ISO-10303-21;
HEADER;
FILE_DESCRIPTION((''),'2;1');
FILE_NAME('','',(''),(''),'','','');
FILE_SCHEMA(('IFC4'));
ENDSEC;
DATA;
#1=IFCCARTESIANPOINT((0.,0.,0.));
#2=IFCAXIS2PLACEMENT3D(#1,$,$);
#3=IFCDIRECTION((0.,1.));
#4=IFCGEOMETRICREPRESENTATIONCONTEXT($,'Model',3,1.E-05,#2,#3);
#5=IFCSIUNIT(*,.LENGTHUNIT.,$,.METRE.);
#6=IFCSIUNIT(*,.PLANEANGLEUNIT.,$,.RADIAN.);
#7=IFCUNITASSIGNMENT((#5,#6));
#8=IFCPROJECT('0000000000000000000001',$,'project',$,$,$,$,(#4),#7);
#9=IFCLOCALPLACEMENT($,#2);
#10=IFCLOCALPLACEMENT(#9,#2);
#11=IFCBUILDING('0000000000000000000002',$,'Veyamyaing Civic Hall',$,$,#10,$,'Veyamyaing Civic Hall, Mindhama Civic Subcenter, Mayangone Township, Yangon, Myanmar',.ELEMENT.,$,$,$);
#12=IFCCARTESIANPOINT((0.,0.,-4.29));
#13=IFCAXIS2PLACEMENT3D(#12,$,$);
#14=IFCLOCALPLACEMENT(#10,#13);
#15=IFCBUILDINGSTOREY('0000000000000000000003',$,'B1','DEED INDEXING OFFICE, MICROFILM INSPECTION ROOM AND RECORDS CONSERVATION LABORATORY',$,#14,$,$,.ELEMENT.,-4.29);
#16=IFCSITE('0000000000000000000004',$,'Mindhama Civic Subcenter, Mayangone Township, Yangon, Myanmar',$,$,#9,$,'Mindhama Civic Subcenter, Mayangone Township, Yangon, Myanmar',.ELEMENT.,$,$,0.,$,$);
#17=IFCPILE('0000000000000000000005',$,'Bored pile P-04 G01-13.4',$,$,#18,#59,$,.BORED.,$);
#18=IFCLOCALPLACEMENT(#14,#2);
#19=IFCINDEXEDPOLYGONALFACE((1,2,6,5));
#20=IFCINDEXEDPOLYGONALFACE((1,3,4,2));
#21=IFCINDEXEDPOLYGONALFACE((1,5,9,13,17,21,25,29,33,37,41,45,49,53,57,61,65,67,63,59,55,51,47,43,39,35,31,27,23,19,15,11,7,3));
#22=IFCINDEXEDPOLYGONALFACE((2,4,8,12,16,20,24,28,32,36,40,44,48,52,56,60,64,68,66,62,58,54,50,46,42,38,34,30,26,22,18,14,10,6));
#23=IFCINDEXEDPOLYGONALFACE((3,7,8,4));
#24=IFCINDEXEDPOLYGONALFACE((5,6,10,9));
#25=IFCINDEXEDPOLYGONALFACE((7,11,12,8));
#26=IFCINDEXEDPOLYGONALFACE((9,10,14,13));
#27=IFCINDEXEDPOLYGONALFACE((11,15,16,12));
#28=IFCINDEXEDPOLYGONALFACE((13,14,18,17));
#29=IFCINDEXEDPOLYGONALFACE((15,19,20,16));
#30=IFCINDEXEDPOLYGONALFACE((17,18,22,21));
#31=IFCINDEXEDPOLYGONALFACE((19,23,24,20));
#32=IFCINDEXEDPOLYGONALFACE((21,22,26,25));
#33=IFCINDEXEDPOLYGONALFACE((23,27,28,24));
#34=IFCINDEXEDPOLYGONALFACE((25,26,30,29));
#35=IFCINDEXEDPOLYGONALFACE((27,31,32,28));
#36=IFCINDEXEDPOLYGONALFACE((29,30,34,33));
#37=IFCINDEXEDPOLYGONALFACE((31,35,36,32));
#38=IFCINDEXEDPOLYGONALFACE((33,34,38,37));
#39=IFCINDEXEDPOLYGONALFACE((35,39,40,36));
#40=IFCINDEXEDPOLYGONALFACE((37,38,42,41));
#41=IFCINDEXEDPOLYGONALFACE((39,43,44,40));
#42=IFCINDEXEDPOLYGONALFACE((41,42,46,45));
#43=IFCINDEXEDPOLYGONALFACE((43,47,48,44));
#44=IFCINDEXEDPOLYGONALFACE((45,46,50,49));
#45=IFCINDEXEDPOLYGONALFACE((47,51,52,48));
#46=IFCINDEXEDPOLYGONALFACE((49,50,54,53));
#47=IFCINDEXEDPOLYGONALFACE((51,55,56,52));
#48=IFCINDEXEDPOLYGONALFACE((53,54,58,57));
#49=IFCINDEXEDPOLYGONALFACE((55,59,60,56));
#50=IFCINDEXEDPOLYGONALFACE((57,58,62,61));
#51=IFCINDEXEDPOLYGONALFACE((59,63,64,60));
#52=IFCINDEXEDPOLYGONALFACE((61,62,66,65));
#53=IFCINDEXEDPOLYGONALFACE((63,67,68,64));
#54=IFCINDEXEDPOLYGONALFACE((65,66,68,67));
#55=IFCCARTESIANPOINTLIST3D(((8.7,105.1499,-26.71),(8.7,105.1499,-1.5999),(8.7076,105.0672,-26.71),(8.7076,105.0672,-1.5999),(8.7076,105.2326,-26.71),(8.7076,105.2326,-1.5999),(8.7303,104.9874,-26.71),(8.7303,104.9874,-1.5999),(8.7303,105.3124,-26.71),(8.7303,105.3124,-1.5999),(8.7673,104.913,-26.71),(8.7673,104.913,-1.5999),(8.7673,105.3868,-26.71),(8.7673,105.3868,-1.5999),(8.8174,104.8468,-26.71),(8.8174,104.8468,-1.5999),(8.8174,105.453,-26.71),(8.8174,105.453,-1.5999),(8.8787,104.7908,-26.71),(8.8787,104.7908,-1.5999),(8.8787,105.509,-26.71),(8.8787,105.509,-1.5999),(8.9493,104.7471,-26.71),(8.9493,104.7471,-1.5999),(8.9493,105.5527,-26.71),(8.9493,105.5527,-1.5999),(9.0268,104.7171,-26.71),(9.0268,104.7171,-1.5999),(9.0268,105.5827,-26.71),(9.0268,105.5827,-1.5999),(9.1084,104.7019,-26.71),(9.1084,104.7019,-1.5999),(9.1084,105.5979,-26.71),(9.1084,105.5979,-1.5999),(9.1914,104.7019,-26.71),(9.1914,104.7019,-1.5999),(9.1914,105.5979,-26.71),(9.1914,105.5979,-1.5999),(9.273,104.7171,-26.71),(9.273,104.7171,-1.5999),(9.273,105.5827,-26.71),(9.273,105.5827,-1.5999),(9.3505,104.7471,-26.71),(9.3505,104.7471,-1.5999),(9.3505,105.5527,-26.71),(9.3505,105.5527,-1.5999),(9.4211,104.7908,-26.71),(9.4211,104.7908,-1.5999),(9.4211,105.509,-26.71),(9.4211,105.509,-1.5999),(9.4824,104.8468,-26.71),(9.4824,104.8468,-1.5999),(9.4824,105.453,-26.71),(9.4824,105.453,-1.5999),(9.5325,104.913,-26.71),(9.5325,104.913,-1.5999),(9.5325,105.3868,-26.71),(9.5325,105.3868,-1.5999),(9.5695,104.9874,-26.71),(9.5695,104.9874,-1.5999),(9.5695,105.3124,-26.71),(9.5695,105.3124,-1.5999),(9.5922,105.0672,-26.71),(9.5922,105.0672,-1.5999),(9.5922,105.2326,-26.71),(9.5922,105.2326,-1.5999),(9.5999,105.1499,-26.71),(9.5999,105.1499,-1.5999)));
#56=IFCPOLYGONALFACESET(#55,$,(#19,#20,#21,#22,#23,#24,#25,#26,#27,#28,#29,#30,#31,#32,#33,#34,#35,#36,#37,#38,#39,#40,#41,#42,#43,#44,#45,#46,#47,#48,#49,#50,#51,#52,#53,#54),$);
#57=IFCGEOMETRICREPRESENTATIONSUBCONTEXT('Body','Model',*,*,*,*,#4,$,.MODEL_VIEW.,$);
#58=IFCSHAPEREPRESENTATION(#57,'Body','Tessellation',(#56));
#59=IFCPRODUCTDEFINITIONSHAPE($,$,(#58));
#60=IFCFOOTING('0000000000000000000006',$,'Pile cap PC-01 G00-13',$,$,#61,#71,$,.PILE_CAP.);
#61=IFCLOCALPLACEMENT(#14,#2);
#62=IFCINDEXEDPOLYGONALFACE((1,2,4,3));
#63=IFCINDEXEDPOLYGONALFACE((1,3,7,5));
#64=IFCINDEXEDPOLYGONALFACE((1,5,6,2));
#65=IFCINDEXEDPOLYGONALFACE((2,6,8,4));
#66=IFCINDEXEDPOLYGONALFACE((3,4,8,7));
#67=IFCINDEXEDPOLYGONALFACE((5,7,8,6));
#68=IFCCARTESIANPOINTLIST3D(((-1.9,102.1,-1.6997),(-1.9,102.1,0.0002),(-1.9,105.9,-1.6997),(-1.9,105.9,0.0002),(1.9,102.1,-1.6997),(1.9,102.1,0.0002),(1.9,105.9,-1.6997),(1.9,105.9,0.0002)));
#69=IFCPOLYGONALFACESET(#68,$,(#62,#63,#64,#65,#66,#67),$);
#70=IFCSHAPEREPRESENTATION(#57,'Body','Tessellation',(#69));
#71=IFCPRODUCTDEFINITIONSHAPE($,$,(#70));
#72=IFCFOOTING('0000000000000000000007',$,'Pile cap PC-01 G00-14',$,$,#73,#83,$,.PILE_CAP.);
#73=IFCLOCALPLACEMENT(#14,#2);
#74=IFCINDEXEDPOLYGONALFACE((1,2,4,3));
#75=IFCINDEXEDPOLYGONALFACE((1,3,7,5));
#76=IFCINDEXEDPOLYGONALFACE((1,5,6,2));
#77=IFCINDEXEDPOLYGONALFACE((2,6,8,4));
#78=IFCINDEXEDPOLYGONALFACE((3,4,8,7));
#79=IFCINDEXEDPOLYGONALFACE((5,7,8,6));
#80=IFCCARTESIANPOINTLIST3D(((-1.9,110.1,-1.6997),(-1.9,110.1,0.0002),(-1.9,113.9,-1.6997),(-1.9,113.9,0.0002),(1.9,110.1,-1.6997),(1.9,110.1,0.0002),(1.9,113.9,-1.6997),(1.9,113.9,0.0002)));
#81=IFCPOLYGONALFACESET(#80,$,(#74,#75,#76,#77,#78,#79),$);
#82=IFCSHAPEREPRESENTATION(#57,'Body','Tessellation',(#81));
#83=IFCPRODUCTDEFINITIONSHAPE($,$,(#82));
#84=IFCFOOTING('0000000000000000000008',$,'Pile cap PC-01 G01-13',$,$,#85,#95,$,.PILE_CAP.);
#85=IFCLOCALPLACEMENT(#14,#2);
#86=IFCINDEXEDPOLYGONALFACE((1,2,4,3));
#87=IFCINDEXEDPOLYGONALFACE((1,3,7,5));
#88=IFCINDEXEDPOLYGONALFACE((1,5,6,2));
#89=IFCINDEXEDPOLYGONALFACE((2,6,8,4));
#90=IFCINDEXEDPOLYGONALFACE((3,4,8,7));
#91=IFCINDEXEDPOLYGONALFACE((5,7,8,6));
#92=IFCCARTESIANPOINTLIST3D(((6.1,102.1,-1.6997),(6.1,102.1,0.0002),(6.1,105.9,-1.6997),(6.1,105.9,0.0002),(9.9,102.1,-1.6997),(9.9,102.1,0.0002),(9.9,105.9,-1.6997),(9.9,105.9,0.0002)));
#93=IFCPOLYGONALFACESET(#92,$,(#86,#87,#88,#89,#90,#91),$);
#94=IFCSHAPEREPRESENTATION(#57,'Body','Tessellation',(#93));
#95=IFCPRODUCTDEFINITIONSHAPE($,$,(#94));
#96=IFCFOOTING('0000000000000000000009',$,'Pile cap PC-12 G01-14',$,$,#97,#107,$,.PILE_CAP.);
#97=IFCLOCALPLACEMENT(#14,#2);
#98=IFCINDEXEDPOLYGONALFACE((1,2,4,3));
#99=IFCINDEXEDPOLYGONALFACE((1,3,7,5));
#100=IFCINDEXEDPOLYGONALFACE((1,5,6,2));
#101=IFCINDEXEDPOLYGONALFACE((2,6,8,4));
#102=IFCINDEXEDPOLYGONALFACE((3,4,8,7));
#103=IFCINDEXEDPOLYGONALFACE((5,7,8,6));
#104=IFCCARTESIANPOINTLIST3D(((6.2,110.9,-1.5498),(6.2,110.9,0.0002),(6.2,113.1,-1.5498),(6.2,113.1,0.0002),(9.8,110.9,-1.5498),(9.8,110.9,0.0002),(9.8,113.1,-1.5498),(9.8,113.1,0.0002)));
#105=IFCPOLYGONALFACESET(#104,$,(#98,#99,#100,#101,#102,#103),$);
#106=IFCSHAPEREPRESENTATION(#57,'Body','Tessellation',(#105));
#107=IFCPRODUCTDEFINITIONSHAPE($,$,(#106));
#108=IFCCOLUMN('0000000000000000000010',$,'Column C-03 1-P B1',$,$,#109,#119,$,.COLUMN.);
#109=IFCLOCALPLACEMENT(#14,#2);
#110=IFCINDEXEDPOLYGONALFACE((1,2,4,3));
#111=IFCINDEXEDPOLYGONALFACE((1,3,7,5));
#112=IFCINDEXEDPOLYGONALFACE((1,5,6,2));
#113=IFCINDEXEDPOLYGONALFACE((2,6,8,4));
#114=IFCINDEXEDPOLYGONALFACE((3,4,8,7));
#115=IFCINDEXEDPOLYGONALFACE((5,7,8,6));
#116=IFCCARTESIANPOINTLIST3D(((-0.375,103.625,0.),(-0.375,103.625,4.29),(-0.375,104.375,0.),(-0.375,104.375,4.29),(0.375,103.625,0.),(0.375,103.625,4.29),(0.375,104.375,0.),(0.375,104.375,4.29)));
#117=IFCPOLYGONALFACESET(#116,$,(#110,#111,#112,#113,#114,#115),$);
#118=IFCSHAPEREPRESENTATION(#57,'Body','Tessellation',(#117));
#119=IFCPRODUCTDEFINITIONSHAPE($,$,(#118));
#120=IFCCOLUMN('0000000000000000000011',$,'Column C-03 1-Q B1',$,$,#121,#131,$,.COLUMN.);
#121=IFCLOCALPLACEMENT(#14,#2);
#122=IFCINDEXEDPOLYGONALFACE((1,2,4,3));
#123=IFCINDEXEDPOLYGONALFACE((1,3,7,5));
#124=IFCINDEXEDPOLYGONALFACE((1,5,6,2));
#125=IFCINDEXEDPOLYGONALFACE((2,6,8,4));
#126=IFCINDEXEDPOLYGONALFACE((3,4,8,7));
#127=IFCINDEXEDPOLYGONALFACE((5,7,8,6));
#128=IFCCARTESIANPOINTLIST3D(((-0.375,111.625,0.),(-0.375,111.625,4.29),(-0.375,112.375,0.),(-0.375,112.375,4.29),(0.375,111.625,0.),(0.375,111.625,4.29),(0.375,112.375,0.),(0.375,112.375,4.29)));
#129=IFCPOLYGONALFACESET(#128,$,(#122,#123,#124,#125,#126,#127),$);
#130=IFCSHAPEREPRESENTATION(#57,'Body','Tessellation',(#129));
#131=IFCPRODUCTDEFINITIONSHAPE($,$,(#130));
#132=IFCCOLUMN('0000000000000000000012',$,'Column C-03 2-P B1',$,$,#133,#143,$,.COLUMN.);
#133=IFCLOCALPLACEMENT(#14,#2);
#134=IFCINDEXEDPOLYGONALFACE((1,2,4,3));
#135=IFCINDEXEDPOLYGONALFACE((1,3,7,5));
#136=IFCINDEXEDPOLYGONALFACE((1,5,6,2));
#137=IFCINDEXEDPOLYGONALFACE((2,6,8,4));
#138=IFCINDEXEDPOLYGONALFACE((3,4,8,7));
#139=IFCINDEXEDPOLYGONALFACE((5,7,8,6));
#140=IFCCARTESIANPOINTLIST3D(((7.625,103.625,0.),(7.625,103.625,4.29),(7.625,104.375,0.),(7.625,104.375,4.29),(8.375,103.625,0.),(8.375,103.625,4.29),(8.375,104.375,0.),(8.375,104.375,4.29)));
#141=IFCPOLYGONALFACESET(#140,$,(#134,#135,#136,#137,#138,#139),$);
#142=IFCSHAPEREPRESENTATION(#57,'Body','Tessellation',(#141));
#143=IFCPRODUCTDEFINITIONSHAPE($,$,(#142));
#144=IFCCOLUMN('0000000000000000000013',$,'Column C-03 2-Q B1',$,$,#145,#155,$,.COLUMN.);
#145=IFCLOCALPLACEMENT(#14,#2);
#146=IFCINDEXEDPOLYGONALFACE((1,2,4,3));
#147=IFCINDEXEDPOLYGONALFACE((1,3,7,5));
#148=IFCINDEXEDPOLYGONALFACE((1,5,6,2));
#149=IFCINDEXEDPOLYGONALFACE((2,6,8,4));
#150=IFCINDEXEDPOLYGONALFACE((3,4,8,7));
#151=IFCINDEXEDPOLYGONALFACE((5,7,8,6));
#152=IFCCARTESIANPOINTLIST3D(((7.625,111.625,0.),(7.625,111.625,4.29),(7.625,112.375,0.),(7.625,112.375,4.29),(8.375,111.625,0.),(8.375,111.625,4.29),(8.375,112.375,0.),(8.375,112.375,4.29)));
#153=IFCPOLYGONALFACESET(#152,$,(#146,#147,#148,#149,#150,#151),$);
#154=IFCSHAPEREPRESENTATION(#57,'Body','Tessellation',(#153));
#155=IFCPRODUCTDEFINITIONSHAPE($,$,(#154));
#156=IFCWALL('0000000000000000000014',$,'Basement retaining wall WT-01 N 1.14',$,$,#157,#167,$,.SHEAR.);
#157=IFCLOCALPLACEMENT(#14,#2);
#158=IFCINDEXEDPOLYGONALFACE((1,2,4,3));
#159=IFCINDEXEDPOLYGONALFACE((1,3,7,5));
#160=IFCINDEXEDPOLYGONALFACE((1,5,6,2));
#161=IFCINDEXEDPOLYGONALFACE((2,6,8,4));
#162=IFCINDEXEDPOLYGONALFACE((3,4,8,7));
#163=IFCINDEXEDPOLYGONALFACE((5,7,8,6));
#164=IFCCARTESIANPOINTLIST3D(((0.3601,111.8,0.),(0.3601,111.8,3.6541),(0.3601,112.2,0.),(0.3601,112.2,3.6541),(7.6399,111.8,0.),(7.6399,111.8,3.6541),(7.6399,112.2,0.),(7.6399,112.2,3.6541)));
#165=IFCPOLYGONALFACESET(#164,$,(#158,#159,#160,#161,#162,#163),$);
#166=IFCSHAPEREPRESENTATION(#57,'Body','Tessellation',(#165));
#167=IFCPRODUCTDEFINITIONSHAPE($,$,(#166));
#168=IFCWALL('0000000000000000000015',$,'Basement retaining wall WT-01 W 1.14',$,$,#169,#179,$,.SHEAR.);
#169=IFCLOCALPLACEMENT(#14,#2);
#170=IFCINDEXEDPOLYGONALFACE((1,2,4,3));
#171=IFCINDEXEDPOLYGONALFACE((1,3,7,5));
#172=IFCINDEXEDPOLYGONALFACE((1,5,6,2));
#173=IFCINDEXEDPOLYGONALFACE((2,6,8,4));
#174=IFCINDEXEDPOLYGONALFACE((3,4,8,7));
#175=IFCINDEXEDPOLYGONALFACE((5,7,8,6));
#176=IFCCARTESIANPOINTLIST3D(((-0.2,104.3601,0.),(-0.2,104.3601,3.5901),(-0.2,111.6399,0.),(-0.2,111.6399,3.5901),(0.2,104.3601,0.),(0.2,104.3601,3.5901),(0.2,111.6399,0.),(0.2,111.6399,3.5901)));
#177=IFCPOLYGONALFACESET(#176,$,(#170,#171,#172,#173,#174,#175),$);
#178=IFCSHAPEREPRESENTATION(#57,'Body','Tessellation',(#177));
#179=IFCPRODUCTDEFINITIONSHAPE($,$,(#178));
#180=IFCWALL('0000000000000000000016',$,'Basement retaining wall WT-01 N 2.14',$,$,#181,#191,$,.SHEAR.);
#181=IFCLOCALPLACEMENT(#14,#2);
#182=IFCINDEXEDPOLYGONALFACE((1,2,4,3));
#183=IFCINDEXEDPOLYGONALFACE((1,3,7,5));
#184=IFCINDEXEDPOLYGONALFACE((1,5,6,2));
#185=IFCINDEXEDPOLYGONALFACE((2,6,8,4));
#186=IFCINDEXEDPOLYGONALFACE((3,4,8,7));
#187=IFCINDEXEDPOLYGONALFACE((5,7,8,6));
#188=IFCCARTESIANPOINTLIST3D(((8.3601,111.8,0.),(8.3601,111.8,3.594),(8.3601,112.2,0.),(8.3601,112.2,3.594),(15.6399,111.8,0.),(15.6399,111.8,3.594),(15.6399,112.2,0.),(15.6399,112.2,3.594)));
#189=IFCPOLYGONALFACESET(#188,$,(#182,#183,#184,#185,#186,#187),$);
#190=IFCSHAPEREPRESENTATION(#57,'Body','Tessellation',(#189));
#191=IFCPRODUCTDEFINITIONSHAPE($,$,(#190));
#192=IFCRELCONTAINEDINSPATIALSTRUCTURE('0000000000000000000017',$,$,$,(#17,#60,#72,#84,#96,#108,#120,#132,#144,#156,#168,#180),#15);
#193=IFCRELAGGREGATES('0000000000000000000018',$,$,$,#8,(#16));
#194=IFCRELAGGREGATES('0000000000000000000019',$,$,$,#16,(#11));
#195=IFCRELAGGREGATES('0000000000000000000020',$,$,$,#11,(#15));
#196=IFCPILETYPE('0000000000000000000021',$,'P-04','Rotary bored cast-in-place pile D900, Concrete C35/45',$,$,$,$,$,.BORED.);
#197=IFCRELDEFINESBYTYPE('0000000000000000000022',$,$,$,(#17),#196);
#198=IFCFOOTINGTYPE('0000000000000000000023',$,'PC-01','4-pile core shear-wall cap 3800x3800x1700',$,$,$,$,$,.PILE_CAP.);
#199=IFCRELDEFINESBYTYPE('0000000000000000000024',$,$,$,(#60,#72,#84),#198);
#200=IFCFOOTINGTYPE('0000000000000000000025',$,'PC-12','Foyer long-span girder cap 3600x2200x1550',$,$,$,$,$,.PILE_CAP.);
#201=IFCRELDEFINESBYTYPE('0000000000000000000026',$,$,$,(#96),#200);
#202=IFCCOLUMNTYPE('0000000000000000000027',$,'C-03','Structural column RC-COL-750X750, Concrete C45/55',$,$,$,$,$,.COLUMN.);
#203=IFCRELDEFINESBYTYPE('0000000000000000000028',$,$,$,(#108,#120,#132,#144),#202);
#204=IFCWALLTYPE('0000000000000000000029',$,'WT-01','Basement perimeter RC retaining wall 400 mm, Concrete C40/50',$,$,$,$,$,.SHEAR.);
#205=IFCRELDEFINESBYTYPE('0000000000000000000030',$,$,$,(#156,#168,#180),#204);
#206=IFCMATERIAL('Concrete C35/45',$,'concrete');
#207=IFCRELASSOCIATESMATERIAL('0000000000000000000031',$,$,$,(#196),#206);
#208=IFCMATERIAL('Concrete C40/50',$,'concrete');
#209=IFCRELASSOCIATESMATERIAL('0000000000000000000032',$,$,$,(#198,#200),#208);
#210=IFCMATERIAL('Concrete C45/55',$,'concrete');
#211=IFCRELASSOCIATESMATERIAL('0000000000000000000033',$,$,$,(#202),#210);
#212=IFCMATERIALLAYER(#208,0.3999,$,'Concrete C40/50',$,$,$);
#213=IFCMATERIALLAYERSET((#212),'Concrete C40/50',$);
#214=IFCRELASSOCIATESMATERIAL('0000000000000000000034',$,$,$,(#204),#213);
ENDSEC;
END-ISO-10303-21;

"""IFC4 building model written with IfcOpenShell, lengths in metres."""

from ifc_helpers import new_model, si_unit, direction, frame, frame_2d, origin, origin_2d, place, context, subcontext, project, spatial, rectangle, circle, extrude, material, layer, layer_set, material_profile, profile_set, type_object, element, save


model = new_model("IFC4")

# Units and contexts
model_context = context("Model", 3, precision=1e-05, world=origin(), true_north=direction((0.0, 1.0)))
body_context = subcontext(model_context, "Body", "Model", "MODEL_VIEW")
ifc_project = project(units=[si_unit("LENGTHUNIT", "METRE"), si_unit("PLANEANGLEUNIT", "RADIAN")], contexts=[model_context])

# Site, building, storey
site_placement = place(None, origin())
site = spatial("IfcSite", under=ifc_project, at=site_placement, Name="Mindhama Civic Subcenter, Mayangone Township, Yangon, Myanmar", LongName="Mindhama Civic Subcenter, Mayangone Township, Yangon, Myanmar", CompositionType="ELEMENT", RefElevation=0.0)
building_placement = place(site_placement, origin())
building = spatial("IfcBuilding", under=site, at=building_placement, Name="Veyamyaing Civic Hall", LongName="Veyamyaing Civic Hall, Mindhama Civic Subcenter, Mayangone Township, Yangon, Myanmar", CompositionType="ELEMENT")
storey_placement = place(building_placement, frame((0.0, 0.0, -4.29)))
storey = spatial("IfcBuildingStorey", under=building, at=storey_placement, Name="B1", Description="DEED INDEXING OFFICE, MICROFILM INSPECTION ROOM AND RECORDS CONSERVATION LABORATORY", CompositionType="ELEMENT", Elevation=-4.29)

# Shared definitions
ifc_material_1 = material(Name="Concrete C40/50", Category="concrete")

# Pile
ifc_material_2 = material(Name="Concrete C35/45", Category="concrete")
ifc_material_profile_1 = material_profile(ifc_material_2, circle(Radius=0.45, at=origin_2d()), Name="PILE-D900")
ifc_profile_set_1 = profile_set([ifc_material_profile_1], Name="Concrete C35/45")
pile_type_1 = type_object("IfcPileType", Name="P-04", Description="Rotary bored cast-in-place pile D900, Concrete C35/45", PredefinedType="BORED", material=ifc_profile_set_1)
for number, where, z_axis, x_axis, name in (
    (1, (9.1499, 105.1499, -1.5999), (0.0, 0.0, -1.0), (1.0, 0.0, 0.0), "Bored pile P-04 G01-13.4"),
):
    element("IfcPile", number, at=place(storey_placement, frame(where, z_axis=z_axis, x_axis=x_axis)), inside=storey, type_object=pile_type_1, Name=name, PredefinedType="BORED", context=body_context, shape_type="SweptSolid", body=[
        extrude(circle(Radius=0.45, at=origin_2d()), origin(), (0.0, 0.0, 1.0), 25.1101),
    ])

# Footings
footing_type_1 = type_object("IfcFootingType", Name="PC-01", Description="4-pile core shear-wall cap 3800x3800x1700", PredefinedType="PILE_CAP", material=ifc_material_1)
for number, where, z_axis, x_axis, name in (
    (2, (0.0, 104.0, -1.6997), (0.0, 0.0, 1.0), (1.0, 0.0, 0.0), "Pile cap PC-01 G00-13"),
    (3, (0.0, 112.0, -1.6997), (0.0, 0.0, 1.0), (1.0, 0.0, 0.0), "Pile cap PC-01 G00-14"),
    (4, (8.0, 104.0, -1.6997), (0.0, 0.0, 1.0), (1.0, 0.0, 0.0), "Pile cap PC-01 G01-13"),
):
    element("IfcFooting", number, at=place(storey_placement, frame(where, z_axis=z_axis, x_axis=x_axis)), inside=storey, type_object=footing_type_1, Name=name, PredefinedType="PILE_CAP", context=body_context, shape_type="SweptSolid", body=[
        extrude(rectangle(XDim=3.8, YDim=3.8, at=origin_2d()), origin(), (0.0, 0.0, 1.0), 1.7),
    ])
footing_type_2 = type_object("IfcFootingType", Name="PC-12", Description="Foyer long-span girder cap 3600x2200x1550", PredefinedType="PILE_CAP", material=ifc_material_1)
footing_1_placement = place(storey_placement, frame((8.0, 112.0, -1.5498), z_axis=(0.0, 0.0, 1.0), x_axis=(1.0, 0.0, 0.0)))
element("IfcFooting", 5, at=footing_1_placement, inside=storey, type_object=footing_type_2, Name="Pile cap PC-12 G01-14", PredefinedType="PILE_CAP", context=body_context, shape_type="SweptSolid", body=[
    extrude(rectangle(XDim=3.6001, YDim=2.2, at=origin_2d()), origin(), (0.0, 0.0, 1.0), 1.55),
])

# Columns
ifc_material_3 = material(Name="Concrete C45/55", Category="concrete")
ifc_material_profile_2 = material_profile(ifc_material_3, rectangle(XDim=0.75, YDim=0.75, at=origin_2d()), Name="RC-COL-750X750")
ifc_profile_set_2 = profile_set([ifc_material_profile_2], Name="Concrete C45/55")
column_type = type_object("IfcColumnType", Name="C-03", Description="Structural column RC-COL-750X750, Concrete C45/55", PredefinedType="COLUMN", material=ifc_profile_set_2)
for number, where, z_axis, x_axis, name in (
    (6, (0.0, 104.0, 0.0), (0.0, 0.0, 1.0), (1.0, 0.0, 0.0), "Column C-03 1-P B1"),
    (7, (0.0, 112.0, 0.0), (0.0, 0.0, 1.0), (1.0, 0.0, 0.0), "Column C-03 1-Q B1"),
    (8, (8.0, 104.0, 0.0), (0.0, 0.0, 1.0), (1.0, 0.0, 0.0), "Column C-03 2-P B1"),
    (9, (8.0, 112.0, 0.0), (0.0, 0.0, 1.0), (1.0, 0.0, 0.0), "Column C-03 2-Q B1"),
):
    element("IfcColumn", number, at=place(storey_placement, frame(where, z_axis=z_axis, x_axis=x_axis)), inside=storey, type_object=column_type, Name=name, PredefinedType="COLUMN", context=body_context, shape_type="SweptSolid", body=[
        extrude(rectangle(XDim=0.75, YDim=0.75, at=origin_2d()), origin(), (0.0, 0.0, 1.0), 4.29),
    ])

# Walls
ifc_layer_1 = layer(ifc_material_1, 0.3999, Name="Concrete C40/50")
ifc_layer_set_1 = layer_set([ifc_layer_1], Name="Concrete C40/50")
wall_type_1 = type_object("IfcWallType", Name="WT-01", Description="Basement perimeter RC retaining wall 400 mm, Concrete C40/50", PredefinedType="SHEAR", material=ifc_layer_set_1)
wall_1_placement = place(storey_placement, frame((0.3601, 112.0, 0.0), z_axis=(0.0, 0.0, 1.0), x_axis=(1.0, 0.0, 0.0)))
element("IfcWall", 10, at=wall_1_placement, inside=storey, type_object=wall_type_1, Name="Basement retaining wall WT-01 N 1.14", PredefinedType="SHEAR", context=body_context, shape_type="SweptSolid", body=[
    extrude(rectangle(XDim=7.2798, YDim=0.3999, at=frame_2d((3.6399, 0.0))), origin(), (0.0, 0.0, 1.0), 3.6541),
])
wall_2_placement = place(storey_placement, frame((0.0, 104.3601, 0.0), z_axis=(0.0, 0.0, 1.0), x_axis=(0.0, 1.0, 0.0)))
element("IfcWall", 11, at=wall_2_placement, inside=storey, type_object=wall_type_1, Name="Basement retaining wall WT-01 W 1.14", PredefinedType="SHEAR", context=body_context, shape_type="SweptSolid", body=[
    extrude(rectangle(XDim=7.2798, YDim=0.3999, at=frame_2d((3.6399, 0.0))), origin(), (0.0, 0.0, 1.0), 3.5901),
])
wall_3_placement = place(storey_placement, frame((8.3601, 112.0, 0.0), z_axis=(0.0, 0.0, 1.0), x_axis=(1.0, 0.0, 0.0)))
element("IfcWall", 12, at=wall_3_placement, inside=storey, type_object=wall_type_1, Name="Basement retaining wall WT-01 N 2.14", PredefinedType="SHEAR", context=body_context, shape_type="SweptSolid", body=[
    extrude(rectangle(XDim=7.2798, YDim=0.3999, at=frame_2d((3.6399, 0.0))), origin(), (0.0, 0.0, 1.0), 3.594),
])

save(model, "model.ifc")
